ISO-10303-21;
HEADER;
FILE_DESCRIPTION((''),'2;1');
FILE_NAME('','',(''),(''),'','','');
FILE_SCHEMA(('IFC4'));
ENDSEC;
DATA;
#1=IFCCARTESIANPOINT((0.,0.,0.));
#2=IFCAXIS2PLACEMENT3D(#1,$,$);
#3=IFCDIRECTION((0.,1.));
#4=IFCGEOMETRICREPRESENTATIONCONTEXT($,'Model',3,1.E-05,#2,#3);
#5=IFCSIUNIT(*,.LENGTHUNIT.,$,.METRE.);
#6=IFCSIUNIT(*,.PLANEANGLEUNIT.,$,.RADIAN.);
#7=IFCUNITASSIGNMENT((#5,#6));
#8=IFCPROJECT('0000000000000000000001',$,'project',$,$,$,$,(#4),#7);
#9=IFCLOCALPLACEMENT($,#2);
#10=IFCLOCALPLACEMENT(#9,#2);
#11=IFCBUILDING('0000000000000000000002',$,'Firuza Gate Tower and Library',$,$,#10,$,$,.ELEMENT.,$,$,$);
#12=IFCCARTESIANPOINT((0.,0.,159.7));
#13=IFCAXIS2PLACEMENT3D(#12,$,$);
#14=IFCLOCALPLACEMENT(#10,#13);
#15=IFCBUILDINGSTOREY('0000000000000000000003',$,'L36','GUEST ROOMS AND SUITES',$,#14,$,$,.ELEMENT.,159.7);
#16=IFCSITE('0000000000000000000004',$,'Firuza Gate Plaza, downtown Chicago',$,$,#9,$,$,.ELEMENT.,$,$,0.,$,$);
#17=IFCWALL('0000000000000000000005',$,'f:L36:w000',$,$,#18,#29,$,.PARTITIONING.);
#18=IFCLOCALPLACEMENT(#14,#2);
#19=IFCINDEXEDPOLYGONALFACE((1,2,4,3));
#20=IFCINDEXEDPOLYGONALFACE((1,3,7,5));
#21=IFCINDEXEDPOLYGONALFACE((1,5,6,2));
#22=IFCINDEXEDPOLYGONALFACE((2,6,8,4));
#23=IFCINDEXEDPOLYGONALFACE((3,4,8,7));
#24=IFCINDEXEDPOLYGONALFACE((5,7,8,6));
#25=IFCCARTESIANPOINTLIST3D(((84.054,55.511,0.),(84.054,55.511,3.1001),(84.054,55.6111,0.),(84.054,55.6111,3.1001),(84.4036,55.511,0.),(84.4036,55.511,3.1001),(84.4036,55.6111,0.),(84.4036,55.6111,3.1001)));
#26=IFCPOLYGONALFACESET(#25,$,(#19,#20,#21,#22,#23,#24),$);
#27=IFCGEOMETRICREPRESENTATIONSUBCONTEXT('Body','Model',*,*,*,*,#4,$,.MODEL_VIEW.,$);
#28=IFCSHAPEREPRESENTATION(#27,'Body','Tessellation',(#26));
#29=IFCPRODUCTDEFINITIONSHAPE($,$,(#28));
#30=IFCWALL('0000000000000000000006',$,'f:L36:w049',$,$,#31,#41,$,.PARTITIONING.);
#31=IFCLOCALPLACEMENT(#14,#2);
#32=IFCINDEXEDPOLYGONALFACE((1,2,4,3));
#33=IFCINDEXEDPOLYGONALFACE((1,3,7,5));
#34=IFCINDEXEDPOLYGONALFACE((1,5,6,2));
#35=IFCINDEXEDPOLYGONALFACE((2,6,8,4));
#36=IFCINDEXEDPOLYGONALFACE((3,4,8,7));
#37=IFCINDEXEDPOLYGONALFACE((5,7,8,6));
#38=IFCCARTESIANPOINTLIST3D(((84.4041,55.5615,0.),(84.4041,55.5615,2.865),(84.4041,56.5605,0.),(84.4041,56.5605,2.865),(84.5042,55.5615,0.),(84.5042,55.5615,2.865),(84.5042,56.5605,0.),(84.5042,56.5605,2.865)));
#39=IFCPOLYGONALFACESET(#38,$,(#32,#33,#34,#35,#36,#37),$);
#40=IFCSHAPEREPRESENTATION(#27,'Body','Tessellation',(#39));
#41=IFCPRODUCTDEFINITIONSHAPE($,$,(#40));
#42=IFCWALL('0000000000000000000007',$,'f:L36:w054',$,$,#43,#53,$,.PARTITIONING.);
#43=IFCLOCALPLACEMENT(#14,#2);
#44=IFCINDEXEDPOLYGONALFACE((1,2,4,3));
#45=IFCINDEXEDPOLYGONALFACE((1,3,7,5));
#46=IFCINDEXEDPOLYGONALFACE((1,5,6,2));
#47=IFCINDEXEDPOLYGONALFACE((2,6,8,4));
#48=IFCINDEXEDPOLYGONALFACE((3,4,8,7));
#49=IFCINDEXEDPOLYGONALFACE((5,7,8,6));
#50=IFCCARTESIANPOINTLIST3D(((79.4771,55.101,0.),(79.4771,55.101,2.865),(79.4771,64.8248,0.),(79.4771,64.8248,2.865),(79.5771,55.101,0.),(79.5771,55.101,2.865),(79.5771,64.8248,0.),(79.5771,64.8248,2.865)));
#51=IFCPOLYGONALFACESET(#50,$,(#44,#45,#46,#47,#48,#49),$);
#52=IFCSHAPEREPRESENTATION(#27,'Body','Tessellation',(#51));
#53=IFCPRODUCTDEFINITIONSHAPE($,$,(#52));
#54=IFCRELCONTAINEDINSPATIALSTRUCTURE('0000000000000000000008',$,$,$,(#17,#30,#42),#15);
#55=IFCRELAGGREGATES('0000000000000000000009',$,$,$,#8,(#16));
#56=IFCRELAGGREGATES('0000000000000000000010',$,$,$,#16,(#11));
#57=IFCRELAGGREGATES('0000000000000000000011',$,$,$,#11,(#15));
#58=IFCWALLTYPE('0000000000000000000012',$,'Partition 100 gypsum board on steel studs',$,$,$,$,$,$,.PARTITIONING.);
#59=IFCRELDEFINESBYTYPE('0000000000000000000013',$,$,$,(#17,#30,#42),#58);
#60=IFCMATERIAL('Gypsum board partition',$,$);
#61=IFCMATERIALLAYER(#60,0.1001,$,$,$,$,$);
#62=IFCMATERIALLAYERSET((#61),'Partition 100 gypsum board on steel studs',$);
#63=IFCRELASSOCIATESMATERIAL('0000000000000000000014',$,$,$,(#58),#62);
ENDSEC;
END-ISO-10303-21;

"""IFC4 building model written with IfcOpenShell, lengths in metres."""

from ifc_helpers import new_model, si_unit, direction, frame, frame_2d, origin, place, context, subcontext, project, spatial, rectangle, extrude, material, layer, layer_set, type_object, element, save


model = new_model("IFC4")

# Units and contexts
model_context = context("Model", 3, precision=1e-05, world=origin(), true_north=direction((0.0, 1.0)))
body_context = subcontext(model_context, "Body", "Model", "MODEL_VIEW")
ifc_project = project(units=[si_unit("LENGTHUNIT", "METRE"), si_unit("PLANEANGLEUNIT", "RADIAN")], contexts=[model_context])

# Site, building, storey
site_placement = place(None, origin())
site = spatial("IfcSite", under=ifc_project, at=site_placement, Name="Firuza Gate Plaza, downtown Chicago", CompositionType="ELEMENT", RefElevation=0.0)
building_placement = place(site_placement, origin())
building = spatial("IfcBuilding", under=site, at=building_placement, Name="Firuza Gate Tower and Library", CompositionType="ELEMENT")
storey_placement = place(building_placement, frame((0.0, 0.0, 159.7)))
storey = spatial("IfcBuildingStorey", under=building, at=storey_placement, Name="L36", Description="GUEST ROOMS AND SUITES", CompositionType="ELEMENT", Elevation=159.7)

# Walls
ifc_material_1 = material(Name="Gypsum board partition")
ifc_layer_1 = layer(ifc_material_1, 0.1001)
ifc_layer_set_1 = layer_set([ifc_layer_1], Name="Partition 100 gypsum board on steel studs")
wall_type_1 = type_object("IfcWallType", Name="Partition 100 gypsum board on steel studs", PredefinedType="PARTITIONING", material=ifc_layer_set_1)
wall_1_placement = place(storey_placement, frame((84.054, 55.561, 0.0), z_axis=(0.0, 0.0, 1.0), x_axis=(1.0, 0.0, 0.0)))
element("IfcWall", 1, at=wall_1_placement, inside=storey, type_object=wall_type_1, Name="f:L36:w000", PredefinedType="PARTITIONING", context=body_context, shape_type="SweptSolid", body=[
    extrude(rectangle(XDim=0.3496, YDim=0.1001, at=frame_2d((0.1748, 0.0))), origin(), (0.0, 0.0, 1.0), 3.1001),
])
wall_2_placement = place(storey_placement, frame((84.4541, 55.5615, 0.0), z_axis=(0.0, 0.0, 1.0), x_axis=(0.0, 1.0, 0.0)))
element("IfcWall", 2, at=wall_2_placement, inside=storey, type_object=wall_type_1, Name="f:L36:w049", PredefinedType="PARTITIONING", context=body_context, shape_type="SweptSolid", body=[
    extrude(rectangle(XDim=0.999, YDim=0.1001, at=frame_2d((0.4995, 0.0))), origin(), (0.0, 0.0, 1.0), 2.865),
])
wall_3_placement = place(storey_placement, frame((79.5271, 55.1011, 0.0), z_axis=(0.0, 0.0, 1.0), x_axis=(0.0, 1.0, 0.0)))
element("IfcWall", 3, at=wall_3_placement, inside=storey, type_object=wall_type_1, Name="f:L36:w054", PredefinedType="PARTITIONING", context=body_context, shape_type="SweptSolid", body=[
    extrude(rectangle(XDim=9.7239, YDim=0.1001, at=frame_2d((4.8618, 0.0))), origin(), (0.0, 0.0, 1.0), 2.865),
])

save(model, "model.ifc")
